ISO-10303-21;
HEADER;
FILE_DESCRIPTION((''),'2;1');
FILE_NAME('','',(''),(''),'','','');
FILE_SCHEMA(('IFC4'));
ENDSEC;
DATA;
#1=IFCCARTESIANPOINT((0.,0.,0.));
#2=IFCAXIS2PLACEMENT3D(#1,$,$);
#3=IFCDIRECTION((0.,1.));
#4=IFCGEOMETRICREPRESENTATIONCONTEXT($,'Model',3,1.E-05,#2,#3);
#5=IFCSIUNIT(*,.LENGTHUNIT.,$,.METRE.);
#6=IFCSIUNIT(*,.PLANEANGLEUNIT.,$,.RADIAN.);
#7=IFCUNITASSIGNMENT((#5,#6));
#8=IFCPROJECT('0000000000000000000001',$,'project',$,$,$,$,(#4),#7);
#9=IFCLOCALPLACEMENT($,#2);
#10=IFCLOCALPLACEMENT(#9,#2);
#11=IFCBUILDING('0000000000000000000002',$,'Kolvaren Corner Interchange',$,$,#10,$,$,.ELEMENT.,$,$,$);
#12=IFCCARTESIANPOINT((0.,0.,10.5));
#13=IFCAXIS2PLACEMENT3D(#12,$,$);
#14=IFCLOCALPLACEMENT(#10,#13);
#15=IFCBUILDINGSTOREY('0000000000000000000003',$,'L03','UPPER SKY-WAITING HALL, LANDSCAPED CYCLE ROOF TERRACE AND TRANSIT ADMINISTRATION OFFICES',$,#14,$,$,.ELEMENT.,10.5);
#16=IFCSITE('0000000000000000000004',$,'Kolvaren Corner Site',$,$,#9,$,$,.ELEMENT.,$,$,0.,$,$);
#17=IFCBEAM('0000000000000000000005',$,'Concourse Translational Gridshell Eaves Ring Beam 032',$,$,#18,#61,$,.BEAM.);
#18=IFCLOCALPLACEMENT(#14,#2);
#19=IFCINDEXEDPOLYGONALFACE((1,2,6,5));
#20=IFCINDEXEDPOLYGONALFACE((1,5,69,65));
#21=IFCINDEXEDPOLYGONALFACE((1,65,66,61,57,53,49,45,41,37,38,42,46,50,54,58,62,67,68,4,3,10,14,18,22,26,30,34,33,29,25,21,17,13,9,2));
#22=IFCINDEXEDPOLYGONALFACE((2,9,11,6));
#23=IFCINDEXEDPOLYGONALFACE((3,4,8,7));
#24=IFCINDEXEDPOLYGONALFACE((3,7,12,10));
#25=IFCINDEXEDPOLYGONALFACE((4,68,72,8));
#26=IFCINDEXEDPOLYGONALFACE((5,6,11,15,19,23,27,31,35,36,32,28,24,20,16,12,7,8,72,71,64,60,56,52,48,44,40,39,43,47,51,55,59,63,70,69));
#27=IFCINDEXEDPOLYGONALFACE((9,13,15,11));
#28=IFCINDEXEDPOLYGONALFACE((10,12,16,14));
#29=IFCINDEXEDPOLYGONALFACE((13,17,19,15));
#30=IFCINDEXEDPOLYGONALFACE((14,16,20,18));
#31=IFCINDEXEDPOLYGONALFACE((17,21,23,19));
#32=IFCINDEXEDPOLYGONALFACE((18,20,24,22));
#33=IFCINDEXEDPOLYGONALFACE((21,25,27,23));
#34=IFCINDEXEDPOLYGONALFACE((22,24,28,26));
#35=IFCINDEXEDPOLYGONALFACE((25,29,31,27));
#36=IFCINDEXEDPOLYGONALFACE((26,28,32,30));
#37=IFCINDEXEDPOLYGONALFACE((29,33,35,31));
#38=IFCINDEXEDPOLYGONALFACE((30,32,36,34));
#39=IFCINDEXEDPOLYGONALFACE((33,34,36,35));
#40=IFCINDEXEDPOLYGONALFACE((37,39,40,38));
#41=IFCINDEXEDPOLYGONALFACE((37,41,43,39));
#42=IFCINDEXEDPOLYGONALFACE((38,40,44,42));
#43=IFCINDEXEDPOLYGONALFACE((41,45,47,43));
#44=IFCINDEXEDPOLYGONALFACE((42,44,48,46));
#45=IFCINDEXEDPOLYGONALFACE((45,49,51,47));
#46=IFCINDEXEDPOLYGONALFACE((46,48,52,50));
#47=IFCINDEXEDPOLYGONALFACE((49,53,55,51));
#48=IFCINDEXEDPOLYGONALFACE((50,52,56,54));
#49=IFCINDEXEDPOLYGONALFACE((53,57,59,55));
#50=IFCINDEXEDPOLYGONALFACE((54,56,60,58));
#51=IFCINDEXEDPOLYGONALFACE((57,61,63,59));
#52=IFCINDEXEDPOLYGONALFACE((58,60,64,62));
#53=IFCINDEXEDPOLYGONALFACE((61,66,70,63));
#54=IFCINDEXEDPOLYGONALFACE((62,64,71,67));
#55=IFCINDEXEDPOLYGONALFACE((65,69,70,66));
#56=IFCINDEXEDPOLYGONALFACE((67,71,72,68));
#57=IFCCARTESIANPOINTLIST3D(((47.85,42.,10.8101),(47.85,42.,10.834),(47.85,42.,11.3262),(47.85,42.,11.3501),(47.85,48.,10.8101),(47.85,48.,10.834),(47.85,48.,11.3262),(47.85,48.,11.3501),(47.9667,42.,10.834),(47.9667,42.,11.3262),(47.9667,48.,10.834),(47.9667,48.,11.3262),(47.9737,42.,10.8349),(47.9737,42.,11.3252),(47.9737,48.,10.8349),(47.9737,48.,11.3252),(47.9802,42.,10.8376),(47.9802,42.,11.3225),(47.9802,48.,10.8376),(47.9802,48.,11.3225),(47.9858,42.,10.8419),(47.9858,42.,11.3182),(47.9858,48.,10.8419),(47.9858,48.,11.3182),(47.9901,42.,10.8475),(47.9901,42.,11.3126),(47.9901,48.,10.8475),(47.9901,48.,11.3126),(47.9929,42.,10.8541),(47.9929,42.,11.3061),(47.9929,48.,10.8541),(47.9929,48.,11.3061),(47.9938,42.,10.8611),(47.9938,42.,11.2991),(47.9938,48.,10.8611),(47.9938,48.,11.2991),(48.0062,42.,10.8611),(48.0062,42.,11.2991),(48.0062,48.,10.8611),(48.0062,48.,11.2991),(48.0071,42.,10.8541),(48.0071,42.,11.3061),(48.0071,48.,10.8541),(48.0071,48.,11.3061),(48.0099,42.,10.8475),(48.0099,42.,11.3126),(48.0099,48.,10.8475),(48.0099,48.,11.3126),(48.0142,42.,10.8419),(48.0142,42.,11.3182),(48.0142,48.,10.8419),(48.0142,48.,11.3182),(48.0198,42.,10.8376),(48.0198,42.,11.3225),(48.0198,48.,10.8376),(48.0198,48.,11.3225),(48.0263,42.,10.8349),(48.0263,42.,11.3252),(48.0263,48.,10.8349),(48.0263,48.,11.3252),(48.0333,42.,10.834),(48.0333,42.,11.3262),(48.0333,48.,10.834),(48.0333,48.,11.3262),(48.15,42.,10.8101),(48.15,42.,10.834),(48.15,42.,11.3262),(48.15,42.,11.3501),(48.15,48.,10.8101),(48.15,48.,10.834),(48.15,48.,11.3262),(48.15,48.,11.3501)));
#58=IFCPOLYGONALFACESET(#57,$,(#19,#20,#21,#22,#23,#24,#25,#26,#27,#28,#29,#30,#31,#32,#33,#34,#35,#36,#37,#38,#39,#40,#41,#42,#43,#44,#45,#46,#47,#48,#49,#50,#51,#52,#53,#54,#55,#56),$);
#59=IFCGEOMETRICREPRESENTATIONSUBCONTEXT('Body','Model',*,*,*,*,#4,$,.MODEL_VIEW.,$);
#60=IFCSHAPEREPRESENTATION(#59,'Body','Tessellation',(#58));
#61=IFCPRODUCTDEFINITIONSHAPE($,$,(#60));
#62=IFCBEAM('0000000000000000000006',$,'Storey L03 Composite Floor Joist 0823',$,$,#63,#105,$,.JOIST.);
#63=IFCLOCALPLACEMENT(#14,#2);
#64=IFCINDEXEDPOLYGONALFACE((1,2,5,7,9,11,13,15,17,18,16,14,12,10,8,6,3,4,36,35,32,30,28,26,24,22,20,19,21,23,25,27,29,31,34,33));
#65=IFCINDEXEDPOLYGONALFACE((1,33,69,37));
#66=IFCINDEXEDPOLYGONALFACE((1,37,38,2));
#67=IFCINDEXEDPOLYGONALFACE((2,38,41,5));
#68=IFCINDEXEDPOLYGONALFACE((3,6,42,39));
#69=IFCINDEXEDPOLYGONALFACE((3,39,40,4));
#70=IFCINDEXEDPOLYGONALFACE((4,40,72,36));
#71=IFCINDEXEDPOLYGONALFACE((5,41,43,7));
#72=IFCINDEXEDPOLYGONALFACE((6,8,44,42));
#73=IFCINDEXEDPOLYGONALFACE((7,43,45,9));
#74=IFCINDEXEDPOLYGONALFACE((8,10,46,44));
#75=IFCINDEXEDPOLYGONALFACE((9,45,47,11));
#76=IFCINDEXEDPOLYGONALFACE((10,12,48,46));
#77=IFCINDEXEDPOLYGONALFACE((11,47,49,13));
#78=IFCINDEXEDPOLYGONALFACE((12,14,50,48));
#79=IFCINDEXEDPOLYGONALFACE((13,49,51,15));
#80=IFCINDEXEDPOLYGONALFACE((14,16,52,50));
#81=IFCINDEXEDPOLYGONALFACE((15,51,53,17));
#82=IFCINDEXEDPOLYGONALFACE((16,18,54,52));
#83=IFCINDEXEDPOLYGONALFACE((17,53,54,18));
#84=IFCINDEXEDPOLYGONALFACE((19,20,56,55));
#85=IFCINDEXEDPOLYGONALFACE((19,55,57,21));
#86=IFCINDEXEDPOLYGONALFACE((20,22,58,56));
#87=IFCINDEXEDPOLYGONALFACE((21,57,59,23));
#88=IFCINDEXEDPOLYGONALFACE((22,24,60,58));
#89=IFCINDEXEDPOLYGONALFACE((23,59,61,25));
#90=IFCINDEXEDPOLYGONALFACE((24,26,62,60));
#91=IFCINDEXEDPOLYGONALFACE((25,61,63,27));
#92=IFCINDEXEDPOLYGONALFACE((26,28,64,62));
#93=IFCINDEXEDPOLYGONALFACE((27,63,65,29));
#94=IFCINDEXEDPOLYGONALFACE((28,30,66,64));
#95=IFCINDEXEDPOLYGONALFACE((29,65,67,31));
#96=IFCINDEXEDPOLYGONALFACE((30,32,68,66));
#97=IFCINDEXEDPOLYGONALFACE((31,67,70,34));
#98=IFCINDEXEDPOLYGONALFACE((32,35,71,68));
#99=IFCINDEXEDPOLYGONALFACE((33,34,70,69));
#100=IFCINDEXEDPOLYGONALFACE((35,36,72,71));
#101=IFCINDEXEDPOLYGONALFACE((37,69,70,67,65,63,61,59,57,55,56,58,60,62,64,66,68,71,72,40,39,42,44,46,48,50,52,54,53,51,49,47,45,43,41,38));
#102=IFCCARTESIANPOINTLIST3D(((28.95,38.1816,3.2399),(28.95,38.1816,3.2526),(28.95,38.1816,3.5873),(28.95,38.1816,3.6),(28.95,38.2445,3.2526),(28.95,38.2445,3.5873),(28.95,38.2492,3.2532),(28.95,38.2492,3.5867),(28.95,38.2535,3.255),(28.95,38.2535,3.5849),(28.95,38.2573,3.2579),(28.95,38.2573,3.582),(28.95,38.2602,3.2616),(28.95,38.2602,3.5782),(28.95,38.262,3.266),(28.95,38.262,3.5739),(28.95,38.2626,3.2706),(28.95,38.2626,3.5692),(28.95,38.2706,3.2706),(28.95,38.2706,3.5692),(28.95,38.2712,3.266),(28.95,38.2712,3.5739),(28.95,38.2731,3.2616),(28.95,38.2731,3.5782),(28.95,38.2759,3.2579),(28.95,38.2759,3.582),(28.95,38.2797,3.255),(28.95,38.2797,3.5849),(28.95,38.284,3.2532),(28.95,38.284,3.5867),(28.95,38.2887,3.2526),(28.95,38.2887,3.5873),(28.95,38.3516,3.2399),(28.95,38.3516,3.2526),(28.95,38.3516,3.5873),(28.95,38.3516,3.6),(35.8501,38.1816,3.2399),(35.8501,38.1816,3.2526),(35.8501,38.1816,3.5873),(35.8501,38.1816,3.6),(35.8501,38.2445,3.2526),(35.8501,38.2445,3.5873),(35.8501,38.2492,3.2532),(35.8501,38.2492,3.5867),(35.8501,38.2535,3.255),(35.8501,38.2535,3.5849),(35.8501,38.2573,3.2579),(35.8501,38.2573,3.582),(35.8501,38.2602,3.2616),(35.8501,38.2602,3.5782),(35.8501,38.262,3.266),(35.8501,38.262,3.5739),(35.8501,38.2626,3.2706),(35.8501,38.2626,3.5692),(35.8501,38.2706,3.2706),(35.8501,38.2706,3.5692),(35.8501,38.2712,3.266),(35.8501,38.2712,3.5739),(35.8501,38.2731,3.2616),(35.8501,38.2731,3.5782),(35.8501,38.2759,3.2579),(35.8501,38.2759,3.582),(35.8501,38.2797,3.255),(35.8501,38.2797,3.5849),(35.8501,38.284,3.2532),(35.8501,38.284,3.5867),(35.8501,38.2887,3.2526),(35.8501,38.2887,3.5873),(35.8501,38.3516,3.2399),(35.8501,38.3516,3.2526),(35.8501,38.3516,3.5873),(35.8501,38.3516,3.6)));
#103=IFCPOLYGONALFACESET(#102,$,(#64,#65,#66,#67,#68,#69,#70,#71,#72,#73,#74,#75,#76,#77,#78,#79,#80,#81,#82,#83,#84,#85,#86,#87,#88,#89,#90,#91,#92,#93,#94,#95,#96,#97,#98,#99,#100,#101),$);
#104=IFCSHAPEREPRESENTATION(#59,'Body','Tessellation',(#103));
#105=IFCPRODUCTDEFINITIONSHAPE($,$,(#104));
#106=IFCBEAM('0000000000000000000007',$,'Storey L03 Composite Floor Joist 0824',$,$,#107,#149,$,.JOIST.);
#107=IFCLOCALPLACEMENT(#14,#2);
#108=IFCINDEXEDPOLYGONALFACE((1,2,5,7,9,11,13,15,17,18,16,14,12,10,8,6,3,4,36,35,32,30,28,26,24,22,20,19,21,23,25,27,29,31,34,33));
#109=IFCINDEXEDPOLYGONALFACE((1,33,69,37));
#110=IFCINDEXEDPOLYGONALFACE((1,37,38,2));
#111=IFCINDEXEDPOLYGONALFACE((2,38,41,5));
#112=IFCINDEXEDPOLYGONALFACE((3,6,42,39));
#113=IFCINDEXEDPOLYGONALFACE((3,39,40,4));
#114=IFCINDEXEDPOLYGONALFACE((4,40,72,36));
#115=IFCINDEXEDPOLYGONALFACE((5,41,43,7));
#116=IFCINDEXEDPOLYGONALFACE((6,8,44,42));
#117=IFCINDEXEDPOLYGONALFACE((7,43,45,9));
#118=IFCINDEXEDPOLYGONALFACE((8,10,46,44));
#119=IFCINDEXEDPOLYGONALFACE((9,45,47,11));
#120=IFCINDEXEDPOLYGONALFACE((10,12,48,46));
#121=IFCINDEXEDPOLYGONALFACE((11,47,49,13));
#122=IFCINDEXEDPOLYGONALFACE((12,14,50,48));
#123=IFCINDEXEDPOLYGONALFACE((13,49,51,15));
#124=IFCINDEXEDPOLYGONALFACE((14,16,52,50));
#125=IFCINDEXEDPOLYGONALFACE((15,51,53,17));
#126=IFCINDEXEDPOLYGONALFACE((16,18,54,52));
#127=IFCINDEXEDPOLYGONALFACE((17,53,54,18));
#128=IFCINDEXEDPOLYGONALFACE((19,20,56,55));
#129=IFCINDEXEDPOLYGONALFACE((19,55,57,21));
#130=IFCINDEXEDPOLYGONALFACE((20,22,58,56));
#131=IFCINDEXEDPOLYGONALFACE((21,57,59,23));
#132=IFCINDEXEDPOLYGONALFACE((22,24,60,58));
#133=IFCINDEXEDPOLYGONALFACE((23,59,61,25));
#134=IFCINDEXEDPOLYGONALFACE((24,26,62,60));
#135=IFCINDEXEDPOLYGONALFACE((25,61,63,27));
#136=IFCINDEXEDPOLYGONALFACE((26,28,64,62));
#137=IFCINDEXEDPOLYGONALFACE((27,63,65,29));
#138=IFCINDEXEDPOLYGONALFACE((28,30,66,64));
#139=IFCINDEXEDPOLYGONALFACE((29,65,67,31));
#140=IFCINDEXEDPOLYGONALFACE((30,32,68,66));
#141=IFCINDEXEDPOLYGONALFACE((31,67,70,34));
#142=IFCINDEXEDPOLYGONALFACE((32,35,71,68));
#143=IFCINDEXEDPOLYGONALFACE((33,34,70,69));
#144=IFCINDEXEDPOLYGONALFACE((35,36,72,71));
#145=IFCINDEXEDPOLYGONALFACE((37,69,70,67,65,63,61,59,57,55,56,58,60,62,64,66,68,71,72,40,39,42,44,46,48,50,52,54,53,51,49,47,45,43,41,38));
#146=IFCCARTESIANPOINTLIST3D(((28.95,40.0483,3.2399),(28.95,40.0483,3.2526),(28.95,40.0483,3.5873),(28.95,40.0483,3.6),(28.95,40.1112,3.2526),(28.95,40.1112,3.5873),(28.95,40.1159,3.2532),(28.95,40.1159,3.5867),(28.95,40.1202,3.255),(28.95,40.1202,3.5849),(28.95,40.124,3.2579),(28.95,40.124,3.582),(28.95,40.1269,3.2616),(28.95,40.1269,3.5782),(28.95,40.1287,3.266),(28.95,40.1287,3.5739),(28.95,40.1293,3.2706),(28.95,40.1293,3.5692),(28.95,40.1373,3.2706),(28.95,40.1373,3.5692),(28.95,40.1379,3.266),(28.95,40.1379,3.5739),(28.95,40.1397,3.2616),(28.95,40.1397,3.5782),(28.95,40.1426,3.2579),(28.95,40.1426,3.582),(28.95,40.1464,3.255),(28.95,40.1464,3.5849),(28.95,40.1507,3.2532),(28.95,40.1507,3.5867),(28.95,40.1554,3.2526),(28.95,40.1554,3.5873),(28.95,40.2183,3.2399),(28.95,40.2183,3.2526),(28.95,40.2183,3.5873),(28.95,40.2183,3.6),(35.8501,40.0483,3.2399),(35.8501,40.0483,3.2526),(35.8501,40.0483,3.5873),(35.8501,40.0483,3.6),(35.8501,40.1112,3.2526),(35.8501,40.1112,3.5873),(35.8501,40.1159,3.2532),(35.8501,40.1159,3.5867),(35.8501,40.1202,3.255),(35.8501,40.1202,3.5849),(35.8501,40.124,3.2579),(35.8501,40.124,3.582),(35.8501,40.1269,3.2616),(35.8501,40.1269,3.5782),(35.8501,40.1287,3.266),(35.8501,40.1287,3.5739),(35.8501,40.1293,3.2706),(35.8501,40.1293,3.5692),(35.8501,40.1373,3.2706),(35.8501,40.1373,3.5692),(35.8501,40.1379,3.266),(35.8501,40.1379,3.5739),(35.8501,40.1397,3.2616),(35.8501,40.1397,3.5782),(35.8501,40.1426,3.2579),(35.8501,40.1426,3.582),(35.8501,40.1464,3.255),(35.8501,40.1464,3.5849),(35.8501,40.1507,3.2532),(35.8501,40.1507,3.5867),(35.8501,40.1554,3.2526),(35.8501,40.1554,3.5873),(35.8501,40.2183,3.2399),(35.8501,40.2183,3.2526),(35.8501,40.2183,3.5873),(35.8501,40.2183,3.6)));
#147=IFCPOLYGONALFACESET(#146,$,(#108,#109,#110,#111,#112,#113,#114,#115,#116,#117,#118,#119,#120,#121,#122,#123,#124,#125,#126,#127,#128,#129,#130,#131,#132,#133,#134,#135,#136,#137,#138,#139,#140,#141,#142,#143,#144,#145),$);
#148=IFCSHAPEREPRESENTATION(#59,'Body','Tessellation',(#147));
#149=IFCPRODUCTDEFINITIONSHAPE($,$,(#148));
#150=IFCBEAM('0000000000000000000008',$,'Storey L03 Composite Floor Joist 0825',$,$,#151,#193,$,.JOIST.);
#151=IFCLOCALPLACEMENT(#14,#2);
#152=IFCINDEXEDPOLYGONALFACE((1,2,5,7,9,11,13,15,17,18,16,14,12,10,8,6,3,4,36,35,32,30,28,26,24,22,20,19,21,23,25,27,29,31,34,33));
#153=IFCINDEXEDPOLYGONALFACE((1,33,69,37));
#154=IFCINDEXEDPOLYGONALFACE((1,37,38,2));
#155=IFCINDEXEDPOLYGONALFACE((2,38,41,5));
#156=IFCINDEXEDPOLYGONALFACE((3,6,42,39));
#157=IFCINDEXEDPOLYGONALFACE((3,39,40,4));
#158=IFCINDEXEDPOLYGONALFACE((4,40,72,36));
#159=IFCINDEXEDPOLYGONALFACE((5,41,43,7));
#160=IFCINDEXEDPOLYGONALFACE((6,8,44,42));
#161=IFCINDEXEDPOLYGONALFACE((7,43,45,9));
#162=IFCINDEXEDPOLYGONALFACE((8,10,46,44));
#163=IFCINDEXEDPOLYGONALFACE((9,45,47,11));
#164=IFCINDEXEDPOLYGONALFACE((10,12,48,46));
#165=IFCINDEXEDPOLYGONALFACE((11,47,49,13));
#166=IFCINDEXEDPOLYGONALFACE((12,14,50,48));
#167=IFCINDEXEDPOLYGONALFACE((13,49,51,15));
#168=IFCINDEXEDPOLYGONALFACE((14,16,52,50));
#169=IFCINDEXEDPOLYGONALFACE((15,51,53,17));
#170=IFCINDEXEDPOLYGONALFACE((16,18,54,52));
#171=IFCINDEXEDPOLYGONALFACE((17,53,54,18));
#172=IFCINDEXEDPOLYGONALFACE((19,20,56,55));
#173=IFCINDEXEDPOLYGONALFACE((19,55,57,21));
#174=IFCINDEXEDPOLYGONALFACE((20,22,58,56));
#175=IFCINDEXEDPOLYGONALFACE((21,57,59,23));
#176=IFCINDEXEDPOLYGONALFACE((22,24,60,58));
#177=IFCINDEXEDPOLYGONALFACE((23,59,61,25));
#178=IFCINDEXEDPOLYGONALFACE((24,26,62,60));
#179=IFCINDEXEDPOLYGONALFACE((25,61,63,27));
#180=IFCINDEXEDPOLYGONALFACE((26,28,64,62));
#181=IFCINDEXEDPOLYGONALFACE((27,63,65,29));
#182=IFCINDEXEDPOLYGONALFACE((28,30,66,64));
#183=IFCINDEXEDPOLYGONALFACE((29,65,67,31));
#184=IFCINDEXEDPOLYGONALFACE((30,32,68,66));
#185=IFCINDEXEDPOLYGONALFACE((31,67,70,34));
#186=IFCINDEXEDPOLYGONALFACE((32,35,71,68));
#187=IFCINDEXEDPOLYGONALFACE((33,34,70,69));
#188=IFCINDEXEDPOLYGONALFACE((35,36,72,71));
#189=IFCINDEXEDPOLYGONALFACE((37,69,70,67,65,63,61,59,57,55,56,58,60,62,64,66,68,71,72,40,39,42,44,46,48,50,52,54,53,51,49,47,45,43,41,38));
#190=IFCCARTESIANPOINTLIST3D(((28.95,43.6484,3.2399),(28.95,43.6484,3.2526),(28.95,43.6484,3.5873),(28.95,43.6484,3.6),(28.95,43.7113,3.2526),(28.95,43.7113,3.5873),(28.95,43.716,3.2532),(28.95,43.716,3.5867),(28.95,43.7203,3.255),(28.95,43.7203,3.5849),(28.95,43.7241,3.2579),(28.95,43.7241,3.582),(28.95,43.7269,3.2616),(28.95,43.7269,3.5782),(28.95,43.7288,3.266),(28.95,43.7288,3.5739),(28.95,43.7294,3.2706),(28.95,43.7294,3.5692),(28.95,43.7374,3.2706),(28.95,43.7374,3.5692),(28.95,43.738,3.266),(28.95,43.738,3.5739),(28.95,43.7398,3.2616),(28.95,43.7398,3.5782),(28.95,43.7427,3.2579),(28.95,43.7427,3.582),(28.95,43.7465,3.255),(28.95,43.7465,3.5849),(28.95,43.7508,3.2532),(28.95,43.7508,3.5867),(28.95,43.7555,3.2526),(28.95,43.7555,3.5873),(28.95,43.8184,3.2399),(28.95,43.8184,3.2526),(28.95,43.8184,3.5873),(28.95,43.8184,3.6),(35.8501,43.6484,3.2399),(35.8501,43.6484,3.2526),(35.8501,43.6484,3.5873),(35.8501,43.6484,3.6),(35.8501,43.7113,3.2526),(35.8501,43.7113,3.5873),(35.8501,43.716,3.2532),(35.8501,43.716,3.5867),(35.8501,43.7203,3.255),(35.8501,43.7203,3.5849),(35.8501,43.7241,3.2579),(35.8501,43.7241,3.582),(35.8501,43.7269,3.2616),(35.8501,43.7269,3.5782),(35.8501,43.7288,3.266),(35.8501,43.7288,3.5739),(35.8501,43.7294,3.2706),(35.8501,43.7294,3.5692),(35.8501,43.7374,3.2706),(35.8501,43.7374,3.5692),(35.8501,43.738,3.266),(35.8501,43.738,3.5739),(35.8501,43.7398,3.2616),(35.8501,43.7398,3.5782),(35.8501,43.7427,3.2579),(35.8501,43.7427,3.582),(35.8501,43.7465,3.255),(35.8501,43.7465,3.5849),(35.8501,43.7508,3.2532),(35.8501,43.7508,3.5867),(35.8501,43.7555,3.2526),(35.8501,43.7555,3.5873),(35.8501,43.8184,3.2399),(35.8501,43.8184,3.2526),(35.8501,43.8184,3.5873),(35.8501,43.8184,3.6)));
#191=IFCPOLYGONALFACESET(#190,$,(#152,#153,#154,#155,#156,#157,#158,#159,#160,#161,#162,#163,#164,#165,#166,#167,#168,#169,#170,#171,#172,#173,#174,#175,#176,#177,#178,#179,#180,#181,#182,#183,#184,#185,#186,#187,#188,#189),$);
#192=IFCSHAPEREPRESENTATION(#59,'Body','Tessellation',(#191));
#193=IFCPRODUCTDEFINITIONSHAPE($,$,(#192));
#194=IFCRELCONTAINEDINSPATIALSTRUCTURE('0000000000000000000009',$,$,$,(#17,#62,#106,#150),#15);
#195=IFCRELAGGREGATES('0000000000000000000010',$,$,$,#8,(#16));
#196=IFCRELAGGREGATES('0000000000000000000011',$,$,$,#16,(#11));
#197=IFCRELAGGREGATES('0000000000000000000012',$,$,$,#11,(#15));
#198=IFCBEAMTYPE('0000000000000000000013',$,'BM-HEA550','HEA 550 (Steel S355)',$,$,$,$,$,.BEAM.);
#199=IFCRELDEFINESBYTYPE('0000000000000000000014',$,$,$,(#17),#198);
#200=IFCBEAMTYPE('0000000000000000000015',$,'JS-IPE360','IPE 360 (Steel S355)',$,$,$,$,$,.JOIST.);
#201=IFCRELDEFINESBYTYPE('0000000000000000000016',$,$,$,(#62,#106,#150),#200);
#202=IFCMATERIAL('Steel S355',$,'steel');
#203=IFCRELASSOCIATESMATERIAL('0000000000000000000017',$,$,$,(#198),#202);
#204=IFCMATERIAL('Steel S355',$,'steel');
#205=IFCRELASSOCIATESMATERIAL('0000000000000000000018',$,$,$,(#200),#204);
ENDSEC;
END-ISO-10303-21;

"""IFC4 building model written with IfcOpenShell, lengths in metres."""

from ifc_helpers import new_model, si_unit, direction, frame, origin, origin_2d, place, context, subcontext, project, spatial, i_section, extrude, material, material_profile, profile_set, type_object, element, save


model = new_model("IFC4")

# Units and contexts
model_context = context("Model", 3, precision=1e-05, world=origin(), true_north=direction((0.0, 1.0)))
body_context = subcontext(model_context, "Body", "Model", "MODEL_VIEW")
ifc_project = project(units=[si_unit("LENGTHUNIT", "METRE"), si_unit("PLANEANGLEUNIT", "RADIAN")], contexts=[model_context])

# Site, building, storey
site_placement = place(None, origin())
site = spatial("IfcSite", under=ifc_project, at=site_placement, Name="Kolvaren Corner Site", CompositionType="ELEMENT", RefElevation=0.0)
building_placement = place(site_placement, origin())
building = spatial("IfcBuilding", under=site, at=building_placement, Name="Kolvaren Corner Interchange", CompositionType="ELEMENT")
storey_placement = place(building_placement, frame((0.0, 0.0, 10.5)))
storey = spatial("IfcBuildingStorey", under=building, at=storey_placement, Name="L03", Description="UPPER SKY-WAITING HALL, LANDSCAPED CYCLE ROOF TERRACE AND TRANSIT ADMINISTRATION OFFICES", CompositionType="ELEMENT", Elevation=10.5)

# Beams
ifc_material_1 = material(Name="Steel S355", Category="steel")
ifc_material_profile_1 = material_profile(ifc_material_1, i_section(OverallWidth=0.3, OverallDepth=0.54, WebThickness=0.0125, FlangeThickness=0.0239, FilletRadius=0.0271, at=origin_2d()), Name="HEA 550")
ifc_profile_set_1 = profile_set([ifc_material_profile_1], Name="Steel S355")
beam_type_1 = type_object("IfcBeamType", Name="BM-HEA550", Description="HEA 550 (Steel S355)", PredefinedType="BEAM", material=ifc_profile_set_1)
beam_1_placement = place(storey_placement, frame((48.0, 42.0, 11.0801), z_axis=(0.0, 1.0, 0.0), x_axis=(-1.0, 0.0, 0.0)))
element("IfcBeam", 1, at=beam_1_placement, inside=storey, type_object=beam_type_1, Name="Concourse Translational Gridshell Eaves Ring Beam 032", PredefinedType="BEAM", context=body_context, shape_type="SweptSolid", body=[
    extrude(i_section(OverallWidth=0.3, OverallDepth=0.54, WebThickness=0.0125, FlangeThickness=0.0239, FilletRadius=0.0271, at=origin_2d()), origin(), (0.0, 0.0, 1.0), 6.0),
])
ifc_material_2 = material(Name="Steel S355", Category="steel")
ifc_material_profile_2 = material_profile(ifc_material_2, i_section(OverallWidth=0.1699, OverallDepth=0.3601, WebThickness=0.0081, FlangeThickness=0.0127, FilletRadius=0.0181, at=origin_2d()), Name="IPE 360")
ifc_profile_set_2 = profile_set([ifc_material_profile_2], Name="Steel S355")
beam_type_2 = type_object("IfcBeamType", Name="JS-IPE360", Description="IPE 360 (Steel S355)", PredefinedType="JOIST", material=ifc_profile_set_2)
for number, where, z_axis, x_axis, name in (
    (2, (28.95, 38.2666, 3.4199), (1.0, 0.0, 0.0), (0.0, 1.0, 0.0), "Storey L03 Composite Floor Joist 0823"),
    (3, (28.95, 40.1333, 3.4199), (1.0, 0.0, 0.0), (0.0, 1.0, 0.0), "Storey L03 Composite Floor Joist 0824"),
    (4, (28.95, 43.7334, 3.4199), (1.0, 0.0, 0.0), (0.0, 1.0, 0.0), "Storey L03 Composite Floor Joist 0825"),
):
    element("IfcBeam", number, at=place(storey_placement, frame(where, z_axis=z_axis, x_axis=x_axis)), inside=storey, type_object=beam_type_2, Name=name, PredefinedType="JOIST", context=body_context, shape_type="SweptSolid", body=[
        extrude(i_section(OverallWidth=0.1699, OverallDepth=0.3601, WebThickness=0.0081, FlangeThickness=0.0127, FilletRadius=0.0181, at=origin_2d()), origin(), (0.0, 0.0, 1.0), 6.9001),
    ])

save(model, "model.ifc")
